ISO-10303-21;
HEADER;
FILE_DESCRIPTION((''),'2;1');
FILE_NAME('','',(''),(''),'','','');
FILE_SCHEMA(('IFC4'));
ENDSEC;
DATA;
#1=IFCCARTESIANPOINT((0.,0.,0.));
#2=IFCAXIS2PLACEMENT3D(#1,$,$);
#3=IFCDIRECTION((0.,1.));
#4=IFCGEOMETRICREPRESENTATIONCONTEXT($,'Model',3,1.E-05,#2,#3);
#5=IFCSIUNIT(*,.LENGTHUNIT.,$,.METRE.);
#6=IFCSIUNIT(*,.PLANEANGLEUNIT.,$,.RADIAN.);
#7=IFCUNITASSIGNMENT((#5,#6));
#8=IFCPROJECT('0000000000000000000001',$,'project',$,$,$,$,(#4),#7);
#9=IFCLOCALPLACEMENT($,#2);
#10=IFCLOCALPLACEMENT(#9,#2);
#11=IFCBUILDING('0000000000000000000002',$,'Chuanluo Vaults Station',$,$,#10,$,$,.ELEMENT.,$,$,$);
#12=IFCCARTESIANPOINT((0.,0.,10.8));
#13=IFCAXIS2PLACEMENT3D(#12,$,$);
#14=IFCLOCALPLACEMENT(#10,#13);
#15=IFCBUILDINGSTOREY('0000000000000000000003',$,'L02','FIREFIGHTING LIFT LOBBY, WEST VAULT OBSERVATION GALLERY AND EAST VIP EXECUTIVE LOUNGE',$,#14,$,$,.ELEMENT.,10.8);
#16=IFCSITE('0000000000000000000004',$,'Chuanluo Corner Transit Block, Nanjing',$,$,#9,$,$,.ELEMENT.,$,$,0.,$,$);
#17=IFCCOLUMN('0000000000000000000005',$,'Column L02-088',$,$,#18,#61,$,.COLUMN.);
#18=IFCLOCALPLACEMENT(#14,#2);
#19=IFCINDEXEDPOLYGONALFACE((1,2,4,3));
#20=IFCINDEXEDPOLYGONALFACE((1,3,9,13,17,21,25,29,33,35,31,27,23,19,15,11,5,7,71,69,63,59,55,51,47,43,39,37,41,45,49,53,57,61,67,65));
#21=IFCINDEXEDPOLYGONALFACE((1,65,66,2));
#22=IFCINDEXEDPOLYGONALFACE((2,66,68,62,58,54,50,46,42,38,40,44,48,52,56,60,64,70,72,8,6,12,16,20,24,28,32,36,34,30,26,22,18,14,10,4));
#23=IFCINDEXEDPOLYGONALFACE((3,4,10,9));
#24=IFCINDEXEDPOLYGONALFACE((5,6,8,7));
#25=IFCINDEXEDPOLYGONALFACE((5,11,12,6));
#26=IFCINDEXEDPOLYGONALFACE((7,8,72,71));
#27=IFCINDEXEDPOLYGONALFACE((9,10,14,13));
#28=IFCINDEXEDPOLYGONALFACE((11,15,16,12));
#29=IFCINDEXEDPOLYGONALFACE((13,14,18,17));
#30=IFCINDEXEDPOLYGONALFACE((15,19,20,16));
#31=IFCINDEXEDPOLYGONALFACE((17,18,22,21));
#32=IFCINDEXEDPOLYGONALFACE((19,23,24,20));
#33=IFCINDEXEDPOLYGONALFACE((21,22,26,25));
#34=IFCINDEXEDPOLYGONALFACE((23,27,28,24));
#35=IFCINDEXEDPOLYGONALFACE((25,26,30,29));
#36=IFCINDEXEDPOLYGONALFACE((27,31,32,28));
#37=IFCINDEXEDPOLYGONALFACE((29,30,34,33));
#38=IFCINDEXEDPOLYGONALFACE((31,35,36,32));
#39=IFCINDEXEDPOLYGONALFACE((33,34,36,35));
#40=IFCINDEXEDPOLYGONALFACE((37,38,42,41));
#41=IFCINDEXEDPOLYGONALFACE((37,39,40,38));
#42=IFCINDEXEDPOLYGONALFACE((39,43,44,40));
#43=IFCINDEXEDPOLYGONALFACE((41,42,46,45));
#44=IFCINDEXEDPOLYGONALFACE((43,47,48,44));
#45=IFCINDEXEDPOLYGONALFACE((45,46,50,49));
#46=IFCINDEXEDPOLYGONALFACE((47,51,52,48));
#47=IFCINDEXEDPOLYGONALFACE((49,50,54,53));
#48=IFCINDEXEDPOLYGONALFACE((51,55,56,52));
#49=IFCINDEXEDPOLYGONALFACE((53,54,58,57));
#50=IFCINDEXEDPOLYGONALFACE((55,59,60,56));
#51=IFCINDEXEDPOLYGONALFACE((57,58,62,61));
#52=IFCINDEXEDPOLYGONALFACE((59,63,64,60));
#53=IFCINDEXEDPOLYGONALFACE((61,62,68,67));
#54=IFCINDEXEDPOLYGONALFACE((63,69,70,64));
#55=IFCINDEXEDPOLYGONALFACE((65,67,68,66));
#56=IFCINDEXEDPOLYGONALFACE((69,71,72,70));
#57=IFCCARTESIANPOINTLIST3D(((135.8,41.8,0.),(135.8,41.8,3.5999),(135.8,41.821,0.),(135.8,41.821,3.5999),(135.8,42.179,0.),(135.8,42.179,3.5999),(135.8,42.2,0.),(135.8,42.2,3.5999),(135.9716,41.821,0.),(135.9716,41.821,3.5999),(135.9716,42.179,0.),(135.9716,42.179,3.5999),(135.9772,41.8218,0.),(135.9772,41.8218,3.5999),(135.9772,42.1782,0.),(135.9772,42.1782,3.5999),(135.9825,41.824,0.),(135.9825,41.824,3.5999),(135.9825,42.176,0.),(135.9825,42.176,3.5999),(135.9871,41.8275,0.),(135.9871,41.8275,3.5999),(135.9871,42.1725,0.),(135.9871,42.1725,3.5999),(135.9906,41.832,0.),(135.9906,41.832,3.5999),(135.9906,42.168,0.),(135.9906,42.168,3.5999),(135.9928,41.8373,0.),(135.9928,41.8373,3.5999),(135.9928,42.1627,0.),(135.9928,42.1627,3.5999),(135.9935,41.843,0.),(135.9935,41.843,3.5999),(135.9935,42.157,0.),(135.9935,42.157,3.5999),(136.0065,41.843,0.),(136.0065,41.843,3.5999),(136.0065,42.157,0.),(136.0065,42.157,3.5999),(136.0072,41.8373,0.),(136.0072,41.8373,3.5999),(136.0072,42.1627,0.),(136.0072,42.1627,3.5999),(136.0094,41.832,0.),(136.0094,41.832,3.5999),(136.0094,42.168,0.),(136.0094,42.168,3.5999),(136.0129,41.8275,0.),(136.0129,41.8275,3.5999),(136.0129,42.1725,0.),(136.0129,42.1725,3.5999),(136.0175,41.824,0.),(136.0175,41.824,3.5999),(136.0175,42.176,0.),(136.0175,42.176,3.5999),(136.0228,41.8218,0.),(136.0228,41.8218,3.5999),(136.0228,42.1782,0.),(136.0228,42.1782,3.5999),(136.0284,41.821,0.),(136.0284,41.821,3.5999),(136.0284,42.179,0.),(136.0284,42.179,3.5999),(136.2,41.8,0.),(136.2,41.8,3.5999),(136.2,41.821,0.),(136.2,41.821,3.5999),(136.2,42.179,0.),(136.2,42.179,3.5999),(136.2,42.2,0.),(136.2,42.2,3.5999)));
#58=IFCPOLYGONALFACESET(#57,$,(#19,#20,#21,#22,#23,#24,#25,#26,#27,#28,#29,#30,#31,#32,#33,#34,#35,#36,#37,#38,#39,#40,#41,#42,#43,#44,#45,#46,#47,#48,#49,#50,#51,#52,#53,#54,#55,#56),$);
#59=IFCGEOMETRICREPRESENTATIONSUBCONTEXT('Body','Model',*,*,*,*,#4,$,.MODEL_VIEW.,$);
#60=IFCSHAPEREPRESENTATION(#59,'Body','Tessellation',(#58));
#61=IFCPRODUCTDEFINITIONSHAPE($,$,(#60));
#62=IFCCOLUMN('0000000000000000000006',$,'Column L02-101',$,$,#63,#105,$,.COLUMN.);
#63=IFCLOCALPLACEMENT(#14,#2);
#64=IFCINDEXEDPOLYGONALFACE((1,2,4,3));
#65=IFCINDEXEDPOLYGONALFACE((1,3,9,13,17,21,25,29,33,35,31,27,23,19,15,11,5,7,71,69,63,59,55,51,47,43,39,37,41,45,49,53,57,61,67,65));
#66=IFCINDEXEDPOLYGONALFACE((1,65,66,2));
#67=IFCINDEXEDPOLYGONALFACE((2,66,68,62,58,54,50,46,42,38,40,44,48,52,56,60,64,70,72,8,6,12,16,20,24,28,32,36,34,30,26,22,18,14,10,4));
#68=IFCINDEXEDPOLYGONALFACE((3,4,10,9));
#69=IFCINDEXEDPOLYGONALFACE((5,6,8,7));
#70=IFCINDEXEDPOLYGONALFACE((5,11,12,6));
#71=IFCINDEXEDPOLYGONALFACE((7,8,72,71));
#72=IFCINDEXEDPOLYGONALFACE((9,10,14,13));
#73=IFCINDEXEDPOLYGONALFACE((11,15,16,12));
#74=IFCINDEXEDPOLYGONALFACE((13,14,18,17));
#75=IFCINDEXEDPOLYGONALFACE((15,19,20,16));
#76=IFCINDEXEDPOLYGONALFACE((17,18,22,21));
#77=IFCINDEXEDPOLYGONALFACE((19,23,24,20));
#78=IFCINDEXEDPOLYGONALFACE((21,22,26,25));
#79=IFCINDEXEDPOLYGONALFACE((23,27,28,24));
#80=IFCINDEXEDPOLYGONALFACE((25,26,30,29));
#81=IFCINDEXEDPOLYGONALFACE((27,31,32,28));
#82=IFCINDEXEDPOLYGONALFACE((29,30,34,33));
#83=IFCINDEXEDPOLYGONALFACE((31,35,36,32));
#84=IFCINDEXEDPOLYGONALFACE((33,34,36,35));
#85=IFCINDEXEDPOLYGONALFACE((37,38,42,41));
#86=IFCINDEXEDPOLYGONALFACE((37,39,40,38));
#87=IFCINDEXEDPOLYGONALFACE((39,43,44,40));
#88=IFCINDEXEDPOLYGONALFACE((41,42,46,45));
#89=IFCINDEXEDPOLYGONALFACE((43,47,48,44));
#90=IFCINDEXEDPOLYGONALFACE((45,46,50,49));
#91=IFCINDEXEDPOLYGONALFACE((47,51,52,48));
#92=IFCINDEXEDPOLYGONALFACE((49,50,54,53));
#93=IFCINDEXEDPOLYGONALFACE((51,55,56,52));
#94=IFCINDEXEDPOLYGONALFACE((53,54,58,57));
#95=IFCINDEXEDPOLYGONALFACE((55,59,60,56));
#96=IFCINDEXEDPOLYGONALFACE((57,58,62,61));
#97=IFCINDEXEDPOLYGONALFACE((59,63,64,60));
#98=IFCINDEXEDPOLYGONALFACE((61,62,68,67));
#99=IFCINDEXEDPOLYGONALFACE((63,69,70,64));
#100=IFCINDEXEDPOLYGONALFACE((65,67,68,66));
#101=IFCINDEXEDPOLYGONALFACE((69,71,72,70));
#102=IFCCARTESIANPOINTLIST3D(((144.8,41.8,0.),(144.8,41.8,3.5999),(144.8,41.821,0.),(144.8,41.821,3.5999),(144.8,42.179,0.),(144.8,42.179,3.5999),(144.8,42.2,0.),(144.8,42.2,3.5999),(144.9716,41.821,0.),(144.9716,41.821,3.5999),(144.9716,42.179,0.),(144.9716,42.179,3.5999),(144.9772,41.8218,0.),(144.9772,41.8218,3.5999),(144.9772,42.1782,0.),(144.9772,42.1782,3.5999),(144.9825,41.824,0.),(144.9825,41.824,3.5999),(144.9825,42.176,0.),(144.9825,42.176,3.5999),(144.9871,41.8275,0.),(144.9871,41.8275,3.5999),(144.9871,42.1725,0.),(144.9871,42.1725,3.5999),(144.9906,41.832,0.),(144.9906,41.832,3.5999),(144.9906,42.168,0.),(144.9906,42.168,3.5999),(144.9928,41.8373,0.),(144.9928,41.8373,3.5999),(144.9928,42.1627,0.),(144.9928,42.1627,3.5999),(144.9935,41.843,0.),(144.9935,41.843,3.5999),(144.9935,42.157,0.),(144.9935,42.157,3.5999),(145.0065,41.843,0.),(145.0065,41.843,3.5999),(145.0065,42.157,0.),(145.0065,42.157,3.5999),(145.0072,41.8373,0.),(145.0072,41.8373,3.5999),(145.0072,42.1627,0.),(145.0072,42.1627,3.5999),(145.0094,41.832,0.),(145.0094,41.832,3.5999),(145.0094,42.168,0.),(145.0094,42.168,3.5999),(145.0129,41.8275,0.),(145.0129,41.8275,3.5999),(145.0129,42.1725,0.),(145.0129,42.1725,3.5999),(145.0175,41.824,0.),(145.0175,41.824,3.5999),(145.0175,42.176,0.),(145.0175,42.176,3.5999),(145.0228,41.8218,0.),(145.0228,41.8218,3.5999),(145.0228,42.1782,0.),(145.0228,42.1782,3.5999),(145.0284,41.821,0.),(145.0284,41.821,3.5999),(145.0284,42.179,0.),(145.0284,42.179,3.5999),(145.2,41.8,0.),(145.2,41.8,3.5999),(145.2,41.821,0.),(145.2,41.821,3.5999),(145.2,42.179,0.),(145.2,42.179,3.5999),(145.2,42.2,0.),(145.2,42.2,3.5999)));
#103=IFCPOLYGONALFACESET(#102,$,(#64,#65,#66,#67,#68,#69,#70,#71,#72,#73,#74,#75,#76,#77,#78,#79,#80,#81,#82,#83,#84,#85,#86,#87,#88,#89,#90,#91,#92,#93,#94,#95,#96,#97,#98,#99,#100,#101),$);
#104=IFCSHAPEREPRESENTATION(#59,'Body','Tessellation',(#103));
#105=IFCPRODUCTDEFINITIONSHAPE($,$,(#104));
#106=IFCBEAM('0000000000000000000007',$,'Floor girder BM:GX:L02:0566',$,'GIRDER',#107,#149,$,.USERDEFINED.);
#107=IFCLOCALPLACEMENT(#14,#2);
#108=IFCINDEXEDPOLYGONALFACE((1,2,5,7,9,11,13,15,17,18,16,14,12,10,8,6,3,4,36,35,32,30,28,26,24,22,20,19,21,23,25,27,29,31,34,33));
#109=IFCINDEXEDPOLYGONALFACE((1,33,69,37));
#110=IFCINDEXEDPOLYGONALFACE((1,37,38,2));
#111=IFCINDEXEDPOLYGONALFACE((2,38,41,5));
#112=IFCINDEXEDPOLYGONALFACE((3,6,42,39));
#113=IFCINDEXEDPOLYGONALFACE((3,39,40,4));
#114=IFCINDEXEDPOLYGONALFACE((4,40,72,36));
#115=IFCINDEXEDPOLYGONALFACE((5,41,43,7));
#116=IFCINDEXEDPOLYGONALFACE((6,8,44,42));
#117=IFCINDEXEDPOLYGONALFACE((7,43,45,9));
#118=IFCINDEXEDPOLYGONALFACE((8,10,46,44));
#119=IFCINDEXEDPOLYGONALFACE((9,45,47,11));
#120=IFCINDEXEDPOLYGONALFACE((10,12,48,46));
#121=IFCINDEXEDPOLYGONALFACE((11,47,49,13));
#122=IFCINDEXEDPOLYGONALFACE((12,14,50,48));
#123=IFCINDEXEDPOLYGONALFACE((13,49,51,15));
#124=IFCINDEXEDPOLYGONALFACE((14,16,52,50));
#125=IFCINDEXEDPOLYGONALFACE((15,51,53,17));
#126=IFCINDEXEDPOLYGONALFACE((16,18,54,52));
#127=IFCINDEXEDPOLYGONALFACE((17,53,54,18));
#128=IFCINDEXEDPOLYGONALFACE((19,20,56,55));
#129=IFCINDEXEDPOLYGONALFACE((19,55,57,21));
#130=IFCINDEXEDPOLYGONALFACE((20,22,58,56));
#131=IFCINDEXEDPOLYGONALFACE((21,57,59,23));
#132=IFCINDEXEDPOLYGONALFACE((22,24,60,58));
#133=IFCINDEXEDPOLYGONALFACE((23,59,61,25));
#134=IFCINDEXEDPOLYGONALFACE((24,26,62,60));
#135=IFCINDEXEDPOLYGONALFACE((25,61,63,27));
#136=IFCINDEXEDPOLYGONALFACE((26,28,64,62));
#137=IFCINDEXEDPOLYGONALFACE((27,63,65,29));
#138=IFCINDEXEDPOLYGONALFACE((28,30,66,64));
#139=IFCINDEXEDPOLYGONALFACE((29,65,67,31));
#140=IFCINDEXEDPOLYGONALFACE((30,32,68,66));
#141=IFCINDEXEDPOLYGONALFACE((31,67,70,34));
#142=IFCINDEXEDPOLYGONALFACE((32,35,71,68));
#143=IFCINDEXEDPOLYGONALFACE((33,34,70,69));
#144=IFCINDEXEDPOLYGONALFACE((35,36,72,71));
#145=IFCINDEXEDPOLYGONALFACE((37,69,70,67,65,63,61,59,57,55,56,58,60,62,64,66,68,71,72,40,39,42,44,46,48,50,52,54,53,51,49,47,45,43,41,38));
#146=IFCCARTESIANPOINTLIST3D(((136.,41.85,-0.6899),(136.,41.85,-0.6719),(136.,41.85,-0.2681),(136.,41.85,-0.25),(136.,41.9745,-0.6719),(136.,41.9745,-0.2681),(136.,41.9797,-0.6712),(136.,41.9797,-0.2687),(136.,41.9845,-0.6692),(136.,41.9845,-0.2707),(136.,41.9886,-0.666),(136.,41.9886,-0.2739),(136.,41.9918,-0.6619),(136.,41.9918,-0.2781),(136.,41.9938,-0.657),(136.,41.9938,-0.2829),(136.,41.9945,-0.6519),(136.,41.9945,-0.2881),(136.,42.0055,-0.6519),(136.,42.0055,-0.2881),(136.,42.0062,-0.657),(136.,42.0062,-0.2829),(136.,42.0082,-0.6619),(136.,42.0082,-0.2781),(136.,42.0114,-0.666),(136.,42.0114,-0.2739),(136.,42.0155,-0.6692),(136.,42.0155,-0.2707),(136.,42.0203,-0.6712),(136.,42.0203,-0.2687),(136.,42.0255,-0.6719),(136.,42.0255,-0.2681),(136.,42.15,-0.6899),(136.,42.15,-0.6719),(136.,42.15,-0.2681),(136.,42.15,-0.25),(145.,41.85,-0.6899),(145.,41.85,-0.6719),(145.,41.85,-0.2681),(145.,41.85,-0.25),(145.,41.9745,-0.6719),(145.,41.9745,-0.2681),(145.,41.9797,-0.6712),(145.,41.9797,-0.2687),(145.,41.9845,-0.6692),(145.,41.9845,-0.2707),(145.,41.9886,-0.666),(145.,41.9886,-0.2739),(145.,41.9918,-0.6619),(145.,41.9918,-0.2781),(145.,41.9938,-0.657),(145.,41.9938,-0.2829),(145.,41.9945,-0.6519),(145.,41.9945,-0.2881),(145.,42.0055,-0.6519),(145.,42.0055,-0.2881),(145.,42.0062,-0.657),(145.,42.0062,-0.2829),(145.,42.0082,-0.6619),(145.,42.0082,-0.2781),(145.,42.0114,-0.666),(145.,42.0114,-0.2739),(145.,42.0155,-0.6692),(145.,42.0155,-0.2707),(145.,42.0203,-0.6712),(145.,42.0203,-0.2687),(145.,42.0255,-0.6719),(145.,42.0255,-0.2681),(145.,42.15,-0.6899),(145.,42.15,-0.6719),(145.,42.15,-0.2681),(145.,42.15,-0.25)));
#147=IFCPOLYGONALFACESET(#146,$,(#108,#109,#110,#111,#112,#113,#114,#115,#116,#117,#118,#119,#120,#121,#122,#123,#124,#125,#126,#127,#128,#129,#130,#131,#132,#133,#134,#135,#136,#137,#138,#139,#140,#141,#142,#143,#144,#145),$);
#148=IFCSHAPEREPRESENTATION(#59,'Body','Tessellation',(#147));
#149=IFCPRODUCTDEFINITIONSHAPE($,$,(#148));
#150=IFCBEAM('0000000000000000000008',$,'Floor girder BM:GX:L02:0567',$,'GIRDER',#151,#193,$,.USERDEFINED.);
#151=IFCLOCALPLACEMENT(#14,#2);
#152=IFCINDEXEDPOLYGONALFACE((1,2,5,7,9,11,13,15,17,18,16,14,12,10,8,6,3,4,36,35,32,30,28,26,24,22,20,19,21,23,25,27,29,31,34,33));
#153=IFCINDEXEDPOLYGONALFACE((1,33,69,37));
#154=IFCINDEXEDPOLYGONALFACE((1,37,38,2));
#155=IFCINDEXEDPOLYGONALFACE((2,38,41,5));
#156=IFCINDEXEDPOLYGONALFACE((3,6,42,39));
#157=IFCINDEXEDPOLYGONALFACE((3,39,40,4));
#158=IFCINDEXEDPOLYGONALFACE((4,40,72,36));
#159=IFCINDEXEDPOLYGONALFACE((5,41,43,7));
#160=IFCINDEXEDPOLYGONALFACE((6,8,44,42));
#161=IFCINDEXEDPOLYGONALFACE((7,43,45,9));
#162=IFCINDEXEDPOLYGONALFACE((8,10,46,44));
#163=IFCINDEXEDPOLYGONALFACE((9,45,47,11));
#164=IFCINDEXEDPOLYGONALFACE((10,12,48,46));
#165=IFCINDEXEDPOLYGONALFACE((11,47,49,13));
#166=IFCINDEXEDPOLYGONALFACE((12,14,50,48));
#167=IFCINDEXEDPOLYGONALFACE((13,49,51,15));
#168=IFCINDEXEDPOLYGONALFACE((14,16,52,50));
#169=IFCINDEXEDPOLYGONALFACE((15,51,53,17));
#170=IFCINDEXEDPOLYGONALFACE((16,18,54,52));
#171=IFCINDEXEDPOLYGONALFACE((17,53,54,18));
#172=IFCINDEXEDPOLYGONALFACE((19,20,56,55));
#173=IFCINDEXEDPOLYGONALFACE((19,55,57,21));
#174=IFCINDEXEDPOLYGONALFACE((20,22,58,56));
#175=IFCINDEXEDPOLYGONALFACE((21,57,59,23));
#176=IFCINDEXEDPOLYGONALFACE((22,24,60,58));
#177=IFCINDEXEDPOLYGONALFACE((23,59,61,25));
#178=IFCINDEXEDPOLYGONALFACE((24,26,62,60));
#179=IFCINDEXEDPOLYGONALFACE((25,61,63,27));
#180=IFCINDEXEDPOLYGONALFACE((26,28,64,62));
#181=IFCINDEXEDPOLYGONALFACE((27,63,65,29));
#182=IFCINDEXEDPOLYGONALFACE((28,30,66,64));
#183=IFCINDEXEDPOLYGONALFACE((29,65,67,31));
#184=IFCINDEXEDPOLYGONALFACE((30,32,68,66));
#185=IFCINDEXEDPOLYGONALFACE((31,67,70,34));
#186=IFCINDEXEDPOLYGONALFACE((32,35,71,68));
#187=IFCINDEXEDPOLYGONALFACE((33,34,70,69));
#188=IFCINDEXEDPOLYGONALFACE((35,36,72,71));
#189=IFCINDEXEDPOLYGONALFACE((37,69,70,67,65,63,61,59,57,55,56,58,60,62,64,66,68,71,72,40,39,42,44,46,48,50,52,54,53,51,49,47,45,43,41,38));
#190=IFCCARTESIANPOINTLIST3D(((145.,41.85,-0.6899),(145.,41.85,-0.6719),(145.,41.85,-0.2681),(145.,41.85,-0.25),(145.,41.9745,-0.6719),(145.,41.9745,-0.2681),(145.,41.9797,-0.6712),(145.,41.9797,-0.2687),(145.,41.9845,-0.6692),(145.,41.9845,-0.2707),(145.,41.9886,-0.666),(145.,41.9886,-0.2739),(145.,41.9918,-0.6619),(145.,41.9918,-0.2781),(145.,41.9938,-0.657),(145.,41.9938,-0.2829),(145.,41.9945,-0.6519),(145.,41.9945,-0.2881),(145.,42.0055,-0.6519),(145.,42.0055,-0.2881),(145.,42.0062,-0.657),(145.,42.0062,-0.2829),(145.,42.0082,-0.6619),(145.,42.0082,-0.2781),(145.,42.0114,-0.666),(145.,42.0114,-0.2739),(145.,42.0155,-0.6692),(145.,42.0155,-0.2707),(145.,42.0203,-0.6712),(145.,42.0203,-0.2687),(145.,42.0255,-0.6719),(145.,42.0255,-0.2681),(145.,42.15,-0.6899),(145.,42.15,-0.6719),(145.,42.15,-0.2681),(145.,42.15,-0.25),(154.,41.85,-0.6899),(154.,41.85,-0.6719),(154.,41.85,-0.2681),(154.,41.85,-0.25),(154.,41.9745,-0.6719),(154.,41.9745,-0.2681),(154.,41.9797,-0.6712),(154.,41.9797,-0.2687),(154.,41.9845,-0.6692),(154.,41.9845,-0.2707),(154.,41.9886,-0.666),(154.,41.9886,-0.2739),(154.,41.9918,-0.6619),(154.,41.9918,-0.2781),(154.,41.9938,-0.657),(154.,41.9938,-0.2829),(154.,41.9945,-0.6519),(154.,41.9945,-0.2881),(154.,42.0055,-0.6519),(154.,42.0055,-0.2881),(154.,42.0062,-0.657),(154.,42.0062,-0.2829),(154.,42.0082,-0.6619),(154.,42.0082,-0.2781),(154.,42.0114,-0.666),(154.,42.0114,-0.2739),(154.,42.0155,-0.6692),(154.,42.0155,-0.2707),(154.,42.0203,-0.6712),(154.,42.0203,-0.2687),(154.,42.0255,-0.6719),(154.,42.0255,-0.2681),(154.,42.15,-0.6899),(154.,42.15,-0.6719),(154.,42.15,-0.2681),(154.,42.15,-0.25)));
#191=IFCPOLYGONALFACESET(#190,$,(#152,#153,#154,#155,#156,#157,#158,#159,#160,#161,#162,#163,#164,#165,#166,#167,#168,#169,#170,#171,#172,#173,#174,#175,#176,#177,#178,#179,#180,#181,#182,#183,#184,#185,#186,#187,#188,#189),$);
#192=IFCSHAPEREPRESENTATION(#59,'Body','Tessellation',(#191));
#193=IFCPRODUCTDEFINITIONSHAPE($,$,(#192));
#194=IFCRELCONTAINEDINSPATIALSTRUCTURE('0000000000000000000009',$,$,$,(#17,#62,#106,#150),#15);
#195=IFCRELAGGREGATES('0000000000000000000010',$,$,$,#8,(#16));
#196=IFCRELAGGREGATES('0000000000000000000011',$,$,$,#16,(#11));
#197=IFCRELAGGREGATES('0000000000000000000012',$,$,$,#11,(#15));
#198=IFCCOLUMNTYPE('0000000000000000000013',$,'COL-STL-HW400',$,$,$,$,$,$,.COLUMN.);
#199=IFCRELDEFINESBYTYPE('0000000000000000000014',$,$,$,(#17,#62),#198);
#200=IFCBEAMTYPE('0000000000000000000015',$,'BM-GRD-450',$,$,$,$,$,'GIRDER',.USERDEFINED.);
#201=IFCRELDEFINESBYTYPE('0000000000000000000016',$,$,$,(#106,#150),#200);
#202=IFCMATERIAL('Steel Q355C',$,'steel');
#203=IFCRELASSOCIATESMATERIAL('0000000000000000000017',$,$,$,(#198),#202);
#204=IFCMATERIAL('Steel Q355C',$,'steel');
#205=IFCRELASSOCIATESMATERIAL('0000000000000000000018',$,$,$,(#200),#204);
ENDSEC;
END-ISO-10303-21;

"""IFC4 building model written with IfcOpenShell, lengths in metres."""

from ifc_helpers import new_model, si_unit, direction, frame, origin, origin_2d, place, context, subcontext, project, spatial, i_section, extrude, material, material_profile, profile_set, type_object, element, save


model = new_model("IFC4")

# Units and contexts
model_context = context("Model", 3, precision=1e-05, world=origin(), true_north=direction((0.0, 1.0)))
body_context = subcontext(model_context, "Body", "Model", "MODEL_VIEW")
ifc_project = project(units=[si_unit("LENGTHUNIT", "METRE"), si_unit("PLANEANGLEUNIT", "RADIAN")], contexts=[model_context])

# Site, building, storey
site_placement = place(None, origin())
site = spatial("IfcSite", under=ifc_project, at=site_placement, Name="Chuanluo Corner Transit Block, Nanjing", CompositionType="ELEMENT", RefElevation=0.0)
building_placement = place(site_placement, origin())
building = spatial("IfcBuilding", under=site, at=building_placement, Name="Chuanluo Vaults Station", CompositionType="ELEMENT")
storey_placement = place(building_placement, frame((0.0, 0.0, 10.8)))
storey = spatial("IfcBuildingStorey", under=building, at=storey_placement, Name="L02", Description="FIREFIGHTING LIFT LOBBY, WEST VAULT OBSERVATION GALLERY AND EAST VIP EXECUTIVE LOUNGE", CompositionType="ELEMENT", Elevation=10.8)

# Columns
ifc_material_1 = material(Name="Steel Q355C", Category="steel")
ifc_material_profile_1 = material_profile(ifc_material_1, i_section(OverallWidth=0.3999, OverallDepth=0.3999, WebThickness=0.0129, FlangeThickness=0.021, FilletRadius=0.022, at=origin_2d()))
ifc_profile_set_1 = profile_set([ifc_material_profile_1], Name="Steel Q355C")
column_type = type_object("IfcColumnType", Name="COL-STL-HW400", PredefinedType="COLUMN", material=ifc_profile_set_1)
for number, where, z_axis, x_axis, name in (
    (1, (136.0, 42.0, 0.0), (0.0, 0.0, 1.0), (1.0, 0.0, 0.0), "Column L02-088"),
    (2, (145.0, 42.0, 0.0), (0.0, 0.0, 1.0), (1.0, 0.0, 0.0), "Column L02-101"),
):
    element("IfcColumn", number, at=place(storey_placement, frame(where, z_axis=z_axis, x_axis=x_axis)), inside=storey, type_object=column_type, Name=name, PredefinedType="COLUMN", context=body_context, shape_type="SweptSolid", body=[
        extrude(i_section(OverallWidth=0.3999, OverallDepth=0.3999, WebThickness=0.0129, FlangeThickness=0.021, FilletRadius=0.022, at=origin_2d()), origin(), (0.0, 0.0, 1.0), 3.5999),
    ])

# Beams
ifc_material_2 = material(Name="Steel Q355C", Category="steel")
ifc_material_profile_2 = material_profile(ifc_material_2, i_section(OverallWidth=0.3, OverallDepth=0.4399, WebThickness=0.011, FlangeThickness=0.0181, FilletRadius=0.02, at=origin_2d()))
ifc_profile_set_2 = profile_set([ifc_material_profile_2], Name="Steel Q355C")
beam_type_1 = type_object("IfcBeamType", Name="BM-GRD-450", ElementType="GIRDER", PredefinedType="USERDEFINED", material=ifc_profile_set_2)
for number, where, z_axis, x_axis, name in (
    (3, (136.0, 42.0, -0.47), (1.0, 0.0, 0.0), (0.0, 1.0, 0.0), "Floor girder BM:GX:L02:0566"),
    (4, (145.0, 42.0, -0.47), (1.0, 0.0, 0.0), (0.0, 1.0, 0.0), "Floor girder BM:GX:L02:0567"),
):
    element("IfcBeam", number, at=place(storey_placement, frame(where, z_axis=z_axis, x_axis=x_axis)), inside=storey, type_object=beam_type_1, Name=name, ObjectType="GIRDER", PredefinedType="USERDEFINED", context=body_context, shape_type="SweptSolid", body=[
        extrude(i_section(OverallWidth=0.3, OverallDepth=0.4399, WebThickness=0.011, FlangeThickness=0.0181, FilletRadius=0.02, at=origin_2d()), origin(), (0.0, 0.0, 1.0), 9.0),
    ])

save(model, "model.ifc")
